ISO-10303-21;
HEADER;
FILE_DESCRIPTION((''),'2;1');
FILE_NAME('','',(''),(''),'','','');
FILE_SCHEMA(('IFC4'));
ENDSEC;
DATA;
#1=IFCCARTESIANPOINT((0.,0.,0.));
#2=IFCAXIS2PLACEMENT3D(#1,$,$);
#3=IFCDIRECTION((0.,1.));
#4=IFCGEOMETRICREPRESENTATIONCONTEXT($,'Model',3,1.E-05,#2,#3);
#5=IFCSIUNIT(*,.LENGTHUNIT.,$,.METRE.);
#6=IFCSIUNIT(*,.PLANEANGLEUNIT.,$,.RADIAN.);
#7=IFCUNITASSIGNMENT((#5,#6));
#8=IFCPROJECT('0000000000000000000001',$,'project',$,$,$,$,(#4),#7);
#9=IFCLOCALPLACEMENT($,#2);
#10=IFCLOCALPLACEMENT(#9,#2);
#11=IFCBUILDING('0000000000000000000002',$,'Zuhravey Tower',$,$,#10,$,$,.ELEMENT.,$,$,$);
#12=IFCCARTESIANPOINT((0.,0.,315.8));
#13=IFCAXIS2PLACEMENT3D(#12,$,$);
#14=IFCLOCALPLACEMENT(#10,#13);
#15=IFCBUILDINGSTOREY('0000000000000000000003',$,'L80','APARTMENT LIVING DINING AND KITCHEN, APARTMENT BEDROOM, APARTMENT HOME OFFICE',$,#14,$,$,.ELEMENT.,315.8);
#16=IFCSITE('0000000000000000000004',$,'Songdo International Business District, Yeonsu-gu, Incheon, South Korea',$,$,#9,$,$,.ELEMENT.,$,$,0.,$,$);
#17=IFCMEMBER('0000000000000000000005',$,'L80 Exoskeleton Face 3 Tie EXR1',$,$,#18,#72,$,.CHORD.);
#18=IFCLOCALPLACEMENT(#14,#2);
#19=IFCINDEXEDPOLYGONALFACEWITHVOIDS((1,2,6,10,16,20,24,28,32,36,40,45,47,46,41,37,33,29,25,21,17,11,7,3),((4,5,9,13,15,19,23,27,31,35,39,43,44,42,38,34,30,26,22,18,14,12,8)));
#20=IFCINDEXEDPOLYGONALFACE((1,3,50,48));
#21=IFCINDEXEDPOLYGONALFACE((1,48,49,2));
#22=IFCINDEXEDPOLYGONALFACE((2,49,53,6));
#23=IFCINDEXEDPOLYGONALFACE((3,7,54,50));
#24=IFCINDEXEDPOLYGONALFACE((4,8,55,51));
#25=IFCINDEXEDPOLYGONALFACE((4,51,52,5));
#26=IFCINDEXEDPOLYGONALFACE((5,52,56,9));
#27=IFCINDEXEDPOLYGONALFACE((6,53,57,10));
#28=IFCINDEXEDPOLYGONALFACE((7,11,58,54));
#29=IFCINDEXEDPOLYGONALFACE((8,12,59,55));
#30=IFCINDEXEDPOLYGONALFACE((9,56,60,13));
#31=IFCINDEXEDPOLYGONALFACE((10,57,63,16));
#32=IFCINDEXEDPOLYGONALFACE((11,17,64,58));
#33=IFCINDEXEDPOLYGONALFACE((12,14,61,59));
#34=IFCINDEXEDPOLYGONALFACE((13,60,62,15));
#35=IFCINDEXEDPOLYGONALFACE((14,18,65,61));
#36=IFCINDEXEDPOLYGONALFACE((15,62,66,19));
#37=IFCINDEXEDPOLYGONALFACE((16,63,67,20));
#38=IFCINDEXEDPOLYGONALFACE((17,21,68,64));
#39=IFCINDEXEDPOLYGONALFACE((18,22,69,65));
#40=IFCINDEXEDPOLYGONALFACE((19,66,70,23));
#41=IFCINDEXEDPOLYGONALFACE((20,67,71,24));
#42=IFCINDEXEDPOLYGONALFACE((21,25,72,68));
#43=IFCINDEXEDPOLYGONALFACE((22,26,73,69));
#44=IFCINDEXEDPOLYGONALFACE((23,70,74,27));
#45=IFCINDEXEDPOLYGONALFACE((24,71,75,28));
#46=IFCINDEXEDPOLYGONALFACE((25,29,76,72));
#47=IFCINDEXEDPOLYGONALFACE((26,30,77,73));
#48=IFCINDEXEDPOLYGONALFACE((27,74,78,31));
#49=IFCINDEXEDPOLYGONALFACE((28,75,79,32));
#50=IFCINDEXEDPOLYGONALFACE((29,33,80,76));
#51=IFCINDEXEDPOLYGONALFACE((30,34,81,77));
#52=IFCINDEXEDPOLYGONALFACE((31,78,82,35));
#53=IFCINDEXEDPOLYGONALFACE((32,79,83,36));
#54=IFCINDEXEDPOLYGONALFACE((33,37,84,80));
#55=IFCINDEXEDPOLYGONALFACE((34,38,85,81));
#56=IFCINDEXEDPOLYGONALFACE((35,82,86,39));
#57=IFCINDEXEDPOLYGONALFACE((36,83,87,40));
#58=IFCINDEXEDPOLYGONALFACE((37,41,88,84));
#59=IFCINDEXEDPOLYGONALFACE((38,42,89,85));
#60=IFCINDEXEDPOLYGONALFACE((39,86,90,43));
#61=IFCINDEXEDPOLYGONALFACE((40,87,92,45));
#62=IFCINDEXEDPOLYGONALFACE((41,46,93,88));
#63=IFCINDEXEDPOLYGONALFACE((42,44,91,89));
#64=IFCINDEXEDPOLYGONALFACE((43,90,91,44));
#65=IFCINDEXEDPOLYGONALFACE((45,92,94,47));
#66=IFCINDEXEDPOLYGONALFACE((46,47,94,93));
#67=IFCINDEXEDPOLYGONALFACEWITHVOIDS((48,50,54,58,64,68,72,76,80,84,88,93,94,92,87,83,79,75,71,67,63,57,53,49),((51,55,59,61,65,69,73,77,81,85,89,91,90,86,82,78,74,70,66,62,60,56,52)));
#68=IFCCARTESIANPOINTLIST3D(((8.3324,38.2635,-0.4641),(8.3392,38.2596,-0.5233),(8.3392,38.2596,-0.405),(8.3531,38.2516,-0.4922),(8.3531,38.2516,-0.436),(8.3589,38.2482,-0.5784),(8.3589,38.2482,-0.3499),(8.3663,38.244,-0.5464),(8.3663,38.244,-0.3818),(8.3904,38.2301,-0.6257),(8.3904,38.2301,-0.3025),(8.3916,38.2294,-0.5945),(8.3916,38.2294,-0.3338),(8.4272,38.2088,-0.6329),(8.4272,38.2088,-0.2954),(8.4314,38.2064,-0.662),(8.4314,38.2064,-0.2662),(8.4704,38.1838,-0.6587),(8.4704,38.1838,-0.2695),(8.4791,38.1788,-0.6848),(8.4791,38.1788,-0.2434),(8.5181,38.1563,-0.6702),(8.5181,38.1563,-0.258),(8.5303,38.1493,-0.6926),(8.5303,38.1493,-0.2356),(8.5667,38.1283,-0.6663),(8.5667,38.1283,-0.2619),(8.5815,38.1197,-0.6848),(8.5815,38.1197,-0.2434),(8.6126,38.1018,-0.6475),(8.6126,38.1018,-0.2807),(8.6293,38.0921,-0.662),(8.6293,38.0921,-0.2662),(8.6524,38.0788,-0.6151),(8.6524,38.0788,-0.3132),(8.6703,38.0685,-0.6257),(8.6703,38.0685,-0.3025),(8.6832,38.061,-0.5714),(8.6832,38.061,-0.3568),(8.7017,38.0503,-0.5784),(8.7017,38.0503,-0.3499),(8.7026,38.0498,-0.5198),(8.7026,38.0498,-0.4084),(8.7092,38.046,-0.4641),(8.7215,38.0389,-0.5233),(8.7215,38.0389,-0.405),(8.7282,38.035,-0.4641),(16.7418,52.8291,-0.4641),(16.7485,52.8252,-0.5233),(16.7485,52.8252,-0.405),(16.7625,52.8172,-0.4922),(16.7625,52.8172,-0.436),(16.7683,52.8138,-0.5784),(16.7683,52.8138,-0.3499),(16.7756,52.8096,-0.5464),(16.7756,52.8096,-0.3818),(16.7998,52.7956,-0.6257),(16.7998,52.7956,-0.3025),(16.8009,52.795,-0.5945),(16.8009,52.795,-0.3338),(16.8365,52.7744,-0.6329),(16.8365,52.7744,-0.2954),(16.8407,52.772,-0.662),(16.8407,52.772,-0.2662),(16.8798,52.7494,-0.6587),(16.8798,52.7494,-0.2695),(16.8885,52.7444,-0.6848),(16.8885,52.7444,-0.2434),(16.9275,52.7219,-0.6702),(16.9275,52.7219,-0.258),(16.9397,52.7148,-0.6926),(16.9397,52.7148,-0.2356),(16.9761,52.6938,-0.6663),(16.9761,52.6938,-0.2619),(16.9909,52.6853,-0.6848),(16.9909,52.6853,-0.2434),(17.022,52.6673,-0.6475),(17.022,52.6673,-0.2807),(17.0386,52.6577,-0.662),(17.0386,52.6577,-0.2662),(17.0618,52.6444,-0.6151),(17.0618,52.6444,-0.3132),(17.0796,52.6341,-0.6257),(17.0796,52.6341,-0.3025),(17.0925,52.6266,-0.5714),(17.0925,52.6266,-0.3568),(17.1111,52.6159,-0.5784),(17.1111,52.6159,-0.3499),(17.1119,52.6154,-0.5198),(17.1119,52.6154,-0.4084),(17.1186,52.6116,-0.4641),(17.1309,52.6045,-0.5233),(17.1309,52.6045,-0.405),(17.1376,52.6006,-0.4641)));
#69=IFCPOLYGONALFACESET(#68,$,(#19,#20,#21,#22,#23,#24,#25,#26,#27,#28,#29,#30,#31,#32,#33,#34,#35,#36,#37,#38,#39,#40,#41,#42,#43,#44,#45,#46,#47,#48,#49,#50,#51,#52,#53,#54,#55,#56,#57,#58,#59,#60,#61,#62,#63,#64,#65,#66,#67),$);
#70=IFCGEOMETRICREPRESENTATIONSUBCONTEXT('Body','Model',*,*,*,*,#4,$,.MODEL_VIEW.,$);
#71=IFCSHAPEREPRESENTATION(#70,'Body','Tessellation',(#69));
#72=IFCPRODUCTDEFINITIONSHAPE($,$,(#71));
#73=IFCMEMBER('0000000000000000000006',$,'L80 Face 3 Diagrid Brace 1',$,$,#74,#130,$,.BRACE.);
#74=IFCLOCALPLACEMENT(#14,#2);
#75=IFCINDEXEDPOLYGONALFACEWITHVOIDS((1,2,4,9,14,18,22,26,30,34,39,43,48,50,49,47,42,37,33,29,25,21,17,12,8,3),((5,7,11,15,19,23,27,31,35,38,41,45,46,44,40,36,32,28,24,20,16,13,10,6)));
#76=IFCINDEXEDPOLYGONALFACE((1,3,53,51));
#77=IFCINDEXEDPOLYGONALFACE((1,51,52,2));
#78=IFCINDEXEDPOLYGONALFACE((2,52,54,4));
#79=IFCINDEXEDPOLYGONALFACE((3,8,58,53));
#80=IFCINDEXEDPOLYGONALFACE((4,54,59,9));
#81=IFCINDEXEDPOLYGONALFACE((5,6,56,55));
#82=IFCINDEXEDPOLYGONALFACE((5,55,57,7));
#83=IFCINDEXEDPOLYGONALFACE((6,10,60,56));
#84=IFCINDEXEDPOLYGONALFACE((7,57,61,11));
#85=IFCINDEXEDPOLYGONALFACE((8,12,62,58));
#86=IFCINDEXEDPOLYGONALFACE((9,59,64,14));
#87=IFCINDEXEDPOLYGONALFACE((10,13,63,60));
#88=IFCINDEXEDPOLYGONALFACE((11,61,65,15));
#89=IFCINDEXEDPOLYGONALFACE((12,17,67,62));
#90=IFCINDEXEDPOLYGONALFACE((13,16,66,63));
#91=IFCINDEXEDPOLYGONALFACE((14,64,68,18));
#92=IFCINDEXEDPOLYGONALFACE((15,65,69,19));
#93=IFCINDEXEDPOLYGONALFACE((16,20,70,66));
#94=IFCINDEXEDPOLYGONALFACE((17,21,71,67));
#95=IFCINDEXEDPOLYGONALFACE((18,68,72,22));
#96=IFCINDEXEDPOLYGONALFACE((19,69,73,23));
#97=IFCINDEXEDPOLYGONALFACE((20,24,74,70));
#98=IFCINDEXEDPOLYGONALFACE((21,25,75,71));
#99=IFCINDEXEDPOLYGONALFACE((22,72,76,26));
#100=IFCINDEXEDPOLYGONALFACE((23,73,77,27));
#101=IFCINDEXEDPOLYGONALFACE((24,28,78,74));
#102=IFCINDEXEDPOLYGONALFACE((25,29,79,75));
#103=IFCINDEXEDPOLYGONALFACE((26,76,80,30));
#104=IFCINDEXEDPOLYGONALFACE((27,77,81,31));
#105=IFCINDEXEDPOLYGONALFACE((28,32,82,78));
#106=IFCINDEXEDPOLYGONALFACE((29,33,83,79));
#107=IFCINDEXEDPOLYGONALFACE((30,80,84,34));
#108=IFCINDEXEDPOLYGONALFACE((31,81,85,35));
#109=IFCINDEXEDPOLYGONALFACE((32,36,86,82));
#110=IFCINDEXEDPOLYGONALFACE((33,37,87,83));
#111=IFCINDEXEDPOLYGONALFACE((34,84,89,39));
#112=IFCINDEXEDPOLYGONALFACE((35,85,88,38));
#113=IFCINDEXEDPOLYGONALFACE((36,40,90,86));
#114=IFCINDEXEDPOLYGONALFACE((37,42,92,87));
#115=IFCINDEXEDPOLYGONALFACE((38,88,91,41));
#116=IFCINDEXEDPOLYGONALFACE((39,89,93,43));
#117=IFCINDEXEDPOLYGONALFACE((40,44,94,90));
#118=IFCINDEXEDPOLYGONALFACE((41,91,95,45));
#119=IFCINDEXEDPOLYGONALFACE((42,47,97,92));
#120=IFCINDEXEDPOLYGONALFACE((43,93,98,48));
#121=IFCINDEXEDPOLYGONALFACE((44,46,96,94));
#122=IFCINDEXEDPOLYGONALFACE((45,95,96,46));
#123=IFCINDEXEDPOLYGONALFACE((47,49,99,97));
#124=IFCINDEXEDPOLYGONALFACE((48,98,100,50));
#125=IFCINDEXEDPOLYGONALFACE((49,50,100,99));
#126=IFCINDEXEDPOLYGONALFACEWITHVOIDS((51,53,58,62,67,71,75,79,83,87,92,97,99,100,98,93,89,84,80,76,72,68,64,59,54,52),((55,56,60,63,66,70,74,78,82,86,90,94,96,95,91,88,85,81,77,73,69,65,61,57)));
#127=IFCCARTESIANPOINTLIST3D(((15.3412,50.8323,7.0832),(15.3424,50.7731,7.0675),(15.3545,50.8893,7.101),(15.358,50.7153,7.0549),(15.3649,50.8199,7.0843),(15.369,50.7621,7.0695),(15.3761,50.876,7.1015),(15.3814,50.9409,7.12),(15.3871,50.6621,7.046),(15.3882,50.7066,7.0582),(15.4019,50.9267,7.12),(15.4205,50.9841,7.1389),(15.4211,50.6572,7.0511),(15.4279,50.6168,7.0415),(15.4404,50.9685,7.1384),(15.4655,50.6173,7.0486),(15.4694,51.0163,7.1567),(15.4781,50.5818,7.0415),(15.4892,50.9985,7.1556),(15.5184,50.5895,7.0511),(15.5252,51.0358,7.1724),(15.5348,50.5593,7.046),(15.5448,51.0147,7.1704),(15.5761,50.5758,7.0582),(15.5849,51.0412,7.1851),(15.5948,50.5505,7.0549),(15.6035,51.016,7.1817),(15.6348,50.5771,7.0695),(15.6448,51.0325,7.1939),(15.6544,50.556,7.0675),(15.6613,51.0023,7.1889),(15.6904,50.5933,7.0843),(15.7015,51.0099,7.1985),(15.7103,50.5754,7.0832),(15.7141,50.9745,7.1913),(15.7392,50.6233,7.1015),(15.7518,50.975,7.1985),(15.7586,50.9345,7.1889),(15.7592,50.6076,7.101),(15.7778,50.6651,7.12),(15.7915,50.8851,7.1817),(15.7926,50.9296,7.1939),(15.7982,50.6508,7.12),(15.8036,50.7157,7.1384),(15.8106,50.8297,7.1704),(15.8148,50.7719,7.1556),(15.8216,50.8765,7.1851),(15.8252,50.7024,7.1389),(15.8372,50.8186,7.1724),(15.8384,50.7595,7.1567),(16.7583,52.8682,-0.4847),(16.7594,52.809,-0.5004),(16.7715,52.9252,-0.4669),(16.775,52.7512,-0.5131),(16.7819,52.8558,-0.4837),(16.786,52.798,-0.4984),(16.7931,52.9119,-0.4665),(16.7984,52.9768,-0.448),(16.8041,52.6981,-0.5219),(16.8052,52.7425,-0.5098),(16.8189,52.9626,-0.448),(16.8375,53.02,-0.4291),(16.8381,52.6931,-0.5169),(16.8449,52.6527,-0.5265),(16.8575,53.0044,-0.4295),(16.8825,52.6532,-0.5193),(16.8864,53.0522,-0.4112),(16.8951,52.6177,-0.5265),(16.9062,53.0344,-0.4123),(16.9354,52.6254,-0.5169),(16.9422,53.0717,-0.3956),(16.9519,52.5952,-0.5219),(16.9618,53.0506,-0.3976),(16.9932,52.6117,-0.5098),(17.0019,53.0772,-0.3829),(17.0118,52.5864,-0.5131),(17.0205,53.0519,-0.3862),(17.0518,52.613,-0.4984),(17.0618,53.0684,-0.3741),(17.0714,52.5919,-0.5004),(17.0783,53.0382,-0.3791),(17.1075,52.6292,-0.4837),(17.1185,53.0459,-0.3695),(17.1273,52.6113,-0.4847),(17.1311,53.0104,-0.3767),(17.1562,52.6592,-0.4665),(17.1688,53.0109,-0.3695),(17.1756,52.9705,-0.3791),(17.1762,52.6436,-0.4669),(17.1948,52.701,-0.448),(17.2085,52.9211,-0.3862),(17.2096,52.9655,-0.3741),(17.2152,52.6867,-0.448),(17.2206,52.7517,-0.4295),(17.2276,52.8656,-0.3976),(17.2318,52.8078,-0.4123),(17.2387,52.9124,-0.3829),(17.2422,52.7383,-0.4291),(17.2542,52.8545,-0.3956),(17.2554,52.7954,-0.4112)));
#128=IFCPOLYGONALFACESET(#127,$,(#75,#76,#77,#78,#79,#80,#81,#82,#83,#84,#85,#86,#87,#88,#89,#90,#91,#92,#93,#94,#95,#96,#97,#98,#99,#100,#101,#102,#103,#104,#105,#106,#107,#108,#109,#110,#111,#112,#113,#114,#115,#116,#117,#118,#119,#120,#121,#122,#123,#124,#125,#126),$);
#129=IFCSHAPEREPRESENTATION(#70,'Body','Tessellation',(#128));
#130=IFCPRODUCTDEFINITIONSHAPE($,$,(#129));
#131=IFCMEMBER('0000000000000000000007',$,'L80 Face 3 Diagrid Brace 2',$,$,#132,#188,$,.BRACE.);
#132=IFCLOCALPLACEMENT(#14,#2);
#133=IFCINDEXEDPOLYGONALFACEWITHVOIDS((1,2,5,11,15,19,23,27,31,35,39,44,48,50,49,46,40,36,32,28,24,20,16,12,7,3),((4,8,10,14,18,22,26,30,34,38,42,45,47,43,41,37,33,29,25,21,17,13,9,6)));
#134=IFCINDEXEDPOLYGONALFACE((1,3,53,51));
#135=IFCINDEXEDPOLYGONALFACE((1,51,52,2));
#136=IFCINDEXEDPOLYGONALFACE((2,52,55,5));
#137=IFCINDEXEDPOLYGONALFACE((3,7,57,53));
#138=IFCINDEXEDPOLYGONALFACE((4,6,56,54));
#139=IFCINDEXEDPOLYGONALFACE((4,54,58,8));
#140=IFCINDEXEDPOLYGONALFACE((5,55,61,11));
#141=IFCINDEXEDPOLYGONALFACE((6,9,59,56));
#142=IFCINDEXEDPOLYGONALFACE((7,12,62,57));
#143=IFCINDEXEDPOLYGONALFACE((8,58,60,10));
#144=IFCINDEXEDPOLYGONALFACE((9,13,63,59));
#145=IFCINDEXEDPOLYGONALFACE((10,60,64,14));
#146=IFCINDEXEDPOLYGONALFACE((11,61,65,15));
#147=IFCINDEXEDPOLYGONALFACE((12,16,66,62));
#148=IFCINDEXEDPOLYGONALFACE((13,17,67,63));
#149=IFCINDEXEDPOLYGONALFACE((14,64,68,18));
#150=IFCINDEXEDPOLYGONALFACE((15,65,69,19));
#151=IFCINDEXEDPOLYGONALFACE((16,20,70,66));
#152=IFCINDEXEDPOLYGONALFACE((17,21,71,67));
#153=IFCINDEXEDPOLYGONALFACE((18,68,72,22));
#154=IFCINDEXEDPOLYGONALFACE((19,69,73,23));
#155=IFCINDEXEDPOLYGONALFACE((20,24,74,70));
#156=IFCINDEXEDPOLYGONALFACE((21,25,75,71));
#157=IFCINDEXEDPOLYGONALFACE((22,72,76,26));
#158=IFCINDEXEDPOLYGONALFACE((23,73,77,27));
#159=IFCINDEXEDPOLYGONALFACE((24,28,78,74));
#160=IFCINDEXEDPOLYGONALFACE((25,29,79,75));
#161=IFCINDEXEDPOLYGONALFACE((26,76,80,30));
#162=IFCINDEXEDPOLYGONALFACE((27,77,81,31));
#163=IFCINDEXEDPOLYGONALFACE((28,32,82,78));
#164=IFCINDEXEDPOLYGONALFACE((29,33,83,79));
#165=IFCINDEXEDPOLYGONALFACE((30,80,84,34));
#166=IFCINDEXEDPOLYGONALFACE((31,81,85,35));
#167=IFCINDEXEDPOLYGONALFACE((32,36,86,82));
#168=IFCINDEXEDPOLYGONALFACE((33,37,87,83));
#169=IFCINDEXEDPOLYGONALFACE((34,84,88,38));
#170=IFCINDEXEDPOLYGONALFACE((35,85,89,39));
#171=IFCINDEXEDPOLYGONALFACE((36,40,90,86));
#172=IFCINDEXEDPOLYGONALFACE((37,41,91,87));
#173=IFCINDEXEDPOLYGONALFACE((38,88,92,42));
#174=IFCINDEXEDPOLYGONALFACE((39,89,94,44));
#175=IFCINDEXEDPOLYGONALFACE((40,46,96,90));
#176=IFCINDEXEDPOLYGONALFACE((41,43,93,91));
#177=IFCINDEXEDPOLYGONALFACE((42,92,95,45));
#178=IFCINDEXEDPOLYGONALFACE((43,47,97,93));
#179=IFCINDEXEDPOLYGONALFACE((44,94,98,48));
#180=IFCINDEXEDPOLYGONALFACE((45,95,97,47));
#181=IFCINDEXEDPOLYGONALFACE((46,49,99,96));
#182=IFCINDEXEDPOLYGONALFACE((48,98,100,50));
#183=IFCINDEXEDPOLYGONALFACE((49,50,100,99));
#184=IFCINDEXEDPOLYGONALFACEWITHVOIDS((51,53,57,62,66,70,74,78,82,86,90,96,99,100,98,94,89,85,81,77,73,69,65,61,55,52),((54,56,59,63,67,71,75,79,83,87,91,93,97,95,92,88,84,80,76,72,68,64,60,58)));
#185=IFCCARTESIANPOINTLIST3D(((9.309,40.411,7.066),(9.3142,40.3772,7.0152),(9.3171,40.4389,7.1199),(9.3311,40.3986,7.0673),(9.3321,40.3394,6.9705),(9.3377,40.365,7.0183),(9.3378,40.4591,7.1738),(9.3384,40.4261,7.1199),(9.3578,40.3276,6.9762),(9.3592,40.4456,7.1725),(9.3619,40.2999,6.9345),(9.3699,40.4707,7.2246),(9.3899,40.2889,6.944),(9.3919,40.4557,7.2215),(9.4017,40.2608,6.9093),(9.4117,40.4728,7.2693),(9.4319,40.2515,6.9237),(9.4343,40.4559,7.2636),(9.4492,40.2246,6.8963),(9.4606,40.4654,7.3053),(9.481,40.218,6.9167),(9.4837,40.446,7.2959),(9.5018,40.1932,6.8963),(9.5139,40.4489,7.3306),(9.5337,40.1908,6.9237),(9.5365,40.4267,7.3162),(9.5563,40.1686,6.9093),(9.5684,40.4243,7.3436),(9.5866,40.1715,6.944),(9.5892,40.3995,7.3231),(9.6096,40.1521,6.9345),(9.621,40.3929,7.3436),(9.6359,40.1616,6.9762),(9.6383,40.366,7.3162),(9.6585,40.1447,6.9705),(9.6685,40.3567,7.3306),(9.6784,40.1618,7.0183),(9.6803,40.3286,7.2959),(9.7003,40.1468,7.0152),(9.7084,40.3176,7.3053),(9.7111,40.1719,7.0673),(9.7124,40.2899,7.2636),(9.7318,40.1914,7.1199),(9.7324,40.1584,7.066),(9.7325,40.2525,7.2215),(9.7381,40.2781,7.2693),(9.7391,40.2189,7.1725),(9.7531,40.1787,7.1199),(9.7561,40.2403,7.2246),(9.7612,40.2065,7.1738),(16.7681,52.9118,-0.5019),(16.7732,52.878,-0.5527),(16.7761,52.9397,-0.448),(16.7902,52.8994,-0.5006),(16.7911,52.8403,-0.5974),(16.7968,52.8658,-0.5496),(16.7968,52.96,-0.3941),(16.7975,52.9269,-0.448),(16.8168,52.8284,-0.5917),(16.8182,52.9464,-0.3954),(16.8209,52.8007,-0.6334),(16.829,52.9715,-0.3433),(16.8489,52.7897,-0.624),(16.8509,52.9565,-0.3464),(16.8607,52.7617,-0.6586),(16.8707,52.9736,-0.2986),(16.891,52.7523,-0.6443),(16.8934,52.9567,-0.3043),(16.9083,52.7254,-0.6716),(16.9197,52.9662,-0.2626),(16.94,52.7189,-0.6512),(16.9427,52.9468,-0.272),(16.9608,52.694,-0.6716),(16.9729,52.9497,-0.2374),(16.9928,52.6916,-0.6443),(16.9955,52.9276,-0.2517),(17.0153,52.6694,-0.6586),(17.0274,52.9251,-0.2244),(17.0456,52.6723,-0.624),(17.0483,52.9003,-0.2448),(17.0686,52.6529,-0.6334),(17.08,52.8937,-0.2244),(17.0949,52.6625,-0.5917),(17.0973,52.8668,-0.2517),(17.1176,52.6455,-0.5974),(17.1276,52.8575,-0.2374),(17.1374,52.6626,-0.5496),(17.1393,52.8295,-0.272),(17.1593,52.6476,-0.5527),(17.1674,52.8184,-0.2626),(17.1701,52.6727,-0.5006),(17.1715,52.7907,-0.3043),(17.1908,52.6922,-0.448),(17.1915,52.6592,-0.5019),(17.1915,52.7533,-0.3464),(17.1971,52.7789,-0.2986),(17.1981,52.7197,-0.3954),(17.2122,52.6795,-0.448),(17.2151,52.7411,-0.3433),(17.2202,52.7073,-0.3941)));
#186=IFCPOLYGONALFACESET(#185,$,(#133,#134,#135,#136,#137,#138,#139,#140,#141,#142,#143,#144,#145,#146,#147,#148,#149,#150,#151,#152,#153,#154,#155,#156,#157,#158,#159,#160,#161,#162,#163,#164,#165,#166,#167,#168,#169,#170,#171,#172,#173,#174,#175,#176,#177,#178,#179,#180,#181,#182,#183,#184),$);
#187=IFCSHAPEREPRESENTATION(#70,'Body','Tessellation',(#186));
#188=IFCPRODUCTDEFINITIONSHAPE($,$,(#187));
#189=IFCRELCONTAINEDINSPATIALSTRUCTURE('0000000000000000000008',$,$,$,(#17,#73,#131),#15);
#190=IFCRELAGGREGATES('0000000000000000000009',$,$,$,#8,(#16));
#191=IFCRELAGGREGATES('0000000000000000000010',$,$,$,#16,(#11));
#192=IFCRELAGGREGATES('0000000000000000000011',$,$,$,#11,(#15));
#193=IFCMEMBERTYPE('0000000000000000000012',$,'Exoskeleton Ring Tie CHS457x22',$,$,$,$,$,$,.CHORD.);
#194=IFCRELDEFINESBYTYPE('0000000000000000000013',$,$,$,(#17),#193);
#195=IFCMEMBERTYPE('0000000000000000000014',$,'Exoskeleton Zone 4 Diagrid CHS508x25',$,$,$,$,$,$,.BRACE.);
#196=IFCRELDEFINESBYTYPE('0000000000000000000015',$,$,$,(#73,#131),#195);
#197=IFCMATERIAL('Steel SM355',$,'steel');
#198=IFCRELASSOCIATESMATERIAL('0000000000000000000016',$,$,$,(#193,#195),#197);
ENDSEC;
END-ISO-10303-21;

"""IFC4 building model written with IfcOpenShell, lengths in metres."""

from ifc_helpers import new_model, si_unit, direction, frame, origin, origin_2d, place, context, subcontext, project, spatial, hollow_circle, extrude, material, material_profile, profile_set, type_object, element, save


model = new_model("IFC4")

# Units and contexts
model_context = context("Model", 3, precision=1e-05, world=origin(), true_north=direction((0.0, 1.0)))
body_context = subcontext(model_context, "Body", "Model", "MODEL_VIEW")
ifc_project = project(units=[si_unit("LENGTHUNIT", "METRE"), si_unit("PLANEANGLEUNIT", "RADIAN")], contexts=[model_context])

# Site, building, storey
site_placement = place(None, origin())
site = spatial("IfcSite", under=ifc_project, at=site_placement, Name="Songdo International Business District, Yeonsu-gu, Incheon, South Korea", CompositionType="ELEMENT", RefElevation=0.0)
building_placement = place(site_placement, origin())
building = spatial("IfcBuilding", under=site, at=building_placement, Name="Zuhravey Tower", CompositionType="ELEMENT")
storey_placement = place(building_placement, frame((0.0, 0.0, 315.8)))
storey = spatial("IfcBuildingStorey", under=building, at=storey_placement, Name="L80", Description="APARTMENT LIVING DINING AND KITCHEN, APARTMENT BEDROOM, APARTMENT HOME OFFICE", CompositionType="ELEMENT", Elevation=315.8)

# Members
ifc_material_1 = material(Name="Steel SM355", Category="steel")
ifc_material_profile_1 = material_profile(ifc_material_1, hollow_circle(Radius=0.2285, WallThickness=0.022, at=origin_2d()), Name="CHS-457.2x22")
ifc_profile_set_1 = profile_set([ifc_material_profile_1], Name="Steel SM355")
member_type_1 = type_object("IfcMemberType", Name="Exoskeleton Ring Tie CHS457x22", PredefinedType="CHORD", material=ifc_profile_set_1)
member_1_placement = place(storey_placement, frame((16.9397, 52.7148, -0.4641), z_axis=(-0.499997, -0.866027, 0.0), x_axis=(0.866027, -0.499997, 0.0)))
element("IfcMember", 1, at=member_1_placement, inside=storey, type_object=member_type_1, Name="L80 Exoskeleton Face 3 Tie EXR1", PredefinedType="CHORD", context=body_context, shape_type="SweptSolid", body=[
    extrude(hollow_circle(Radius=0.2285, WallThickness=0.022, at=origin_2d()), origin(), (0.0, 0.0, 1.0), 16.8188),
])
ifc_material_profile_2 = material_profile(ifc_material_1, hollow_circle(Radius=0.2539, WallThickness=0.0249, at=origin_2d()), Name="CHS-508.0x25")
ifc_profile_set_2 = profile_set([ifc_material_profile_2], Name="Steel SM355")
member_type_2 = type_object("IfcMemberType", Name="Exoskeleton Zone 4 Diagrid CHS508x25", PredefinedType="BRACE", material=ifc_profile_set_2)
member_2_placement = place(storey_placement, frame((17.0068, 52.8318, -0.448), z_axis=(-0.177925, -0.255636, 0.950259), x_axis=(0.820769, -0.571261, 0.0)))
element("IfcMember", 2, at=member_2_placement, inside=storey, type_object=member_type_2, Name="L80 Face 3 Diagrid Brace 1", PredefinedType="BRACE", context=body_context, shape_type="SweptSolid", body=[
    extrude(hollow_circle(Radius=0.2539, WallThickness=0.0249, at=origin_2d()), origin(), (0.0, 0.0, 1.0), 7.9641),
])
member_3_placement = place(storey_placement, frame((16.9941, 52.8096, -0.448), z_axis=(-0.454632, -0.761932, 0.461269), x_axis=(0.858747, -0.5124, 0.0)))
element("IfcMember", 3, at=member_3_placement, inside=storey, type_object=member_type_2, Name="L80 Face 3 Diagrid Brace 2", PredefinedType="BRACE", context=body_context, shape_type="SweptSolid", body=[
    extrude(hollow_circle(Radius=0.2539, WallThickness=0.0249, at=origin_2d()), origin(), (0.0, 0.0, 1.0), 16.4067),
])

save(model, "model.ifc")
